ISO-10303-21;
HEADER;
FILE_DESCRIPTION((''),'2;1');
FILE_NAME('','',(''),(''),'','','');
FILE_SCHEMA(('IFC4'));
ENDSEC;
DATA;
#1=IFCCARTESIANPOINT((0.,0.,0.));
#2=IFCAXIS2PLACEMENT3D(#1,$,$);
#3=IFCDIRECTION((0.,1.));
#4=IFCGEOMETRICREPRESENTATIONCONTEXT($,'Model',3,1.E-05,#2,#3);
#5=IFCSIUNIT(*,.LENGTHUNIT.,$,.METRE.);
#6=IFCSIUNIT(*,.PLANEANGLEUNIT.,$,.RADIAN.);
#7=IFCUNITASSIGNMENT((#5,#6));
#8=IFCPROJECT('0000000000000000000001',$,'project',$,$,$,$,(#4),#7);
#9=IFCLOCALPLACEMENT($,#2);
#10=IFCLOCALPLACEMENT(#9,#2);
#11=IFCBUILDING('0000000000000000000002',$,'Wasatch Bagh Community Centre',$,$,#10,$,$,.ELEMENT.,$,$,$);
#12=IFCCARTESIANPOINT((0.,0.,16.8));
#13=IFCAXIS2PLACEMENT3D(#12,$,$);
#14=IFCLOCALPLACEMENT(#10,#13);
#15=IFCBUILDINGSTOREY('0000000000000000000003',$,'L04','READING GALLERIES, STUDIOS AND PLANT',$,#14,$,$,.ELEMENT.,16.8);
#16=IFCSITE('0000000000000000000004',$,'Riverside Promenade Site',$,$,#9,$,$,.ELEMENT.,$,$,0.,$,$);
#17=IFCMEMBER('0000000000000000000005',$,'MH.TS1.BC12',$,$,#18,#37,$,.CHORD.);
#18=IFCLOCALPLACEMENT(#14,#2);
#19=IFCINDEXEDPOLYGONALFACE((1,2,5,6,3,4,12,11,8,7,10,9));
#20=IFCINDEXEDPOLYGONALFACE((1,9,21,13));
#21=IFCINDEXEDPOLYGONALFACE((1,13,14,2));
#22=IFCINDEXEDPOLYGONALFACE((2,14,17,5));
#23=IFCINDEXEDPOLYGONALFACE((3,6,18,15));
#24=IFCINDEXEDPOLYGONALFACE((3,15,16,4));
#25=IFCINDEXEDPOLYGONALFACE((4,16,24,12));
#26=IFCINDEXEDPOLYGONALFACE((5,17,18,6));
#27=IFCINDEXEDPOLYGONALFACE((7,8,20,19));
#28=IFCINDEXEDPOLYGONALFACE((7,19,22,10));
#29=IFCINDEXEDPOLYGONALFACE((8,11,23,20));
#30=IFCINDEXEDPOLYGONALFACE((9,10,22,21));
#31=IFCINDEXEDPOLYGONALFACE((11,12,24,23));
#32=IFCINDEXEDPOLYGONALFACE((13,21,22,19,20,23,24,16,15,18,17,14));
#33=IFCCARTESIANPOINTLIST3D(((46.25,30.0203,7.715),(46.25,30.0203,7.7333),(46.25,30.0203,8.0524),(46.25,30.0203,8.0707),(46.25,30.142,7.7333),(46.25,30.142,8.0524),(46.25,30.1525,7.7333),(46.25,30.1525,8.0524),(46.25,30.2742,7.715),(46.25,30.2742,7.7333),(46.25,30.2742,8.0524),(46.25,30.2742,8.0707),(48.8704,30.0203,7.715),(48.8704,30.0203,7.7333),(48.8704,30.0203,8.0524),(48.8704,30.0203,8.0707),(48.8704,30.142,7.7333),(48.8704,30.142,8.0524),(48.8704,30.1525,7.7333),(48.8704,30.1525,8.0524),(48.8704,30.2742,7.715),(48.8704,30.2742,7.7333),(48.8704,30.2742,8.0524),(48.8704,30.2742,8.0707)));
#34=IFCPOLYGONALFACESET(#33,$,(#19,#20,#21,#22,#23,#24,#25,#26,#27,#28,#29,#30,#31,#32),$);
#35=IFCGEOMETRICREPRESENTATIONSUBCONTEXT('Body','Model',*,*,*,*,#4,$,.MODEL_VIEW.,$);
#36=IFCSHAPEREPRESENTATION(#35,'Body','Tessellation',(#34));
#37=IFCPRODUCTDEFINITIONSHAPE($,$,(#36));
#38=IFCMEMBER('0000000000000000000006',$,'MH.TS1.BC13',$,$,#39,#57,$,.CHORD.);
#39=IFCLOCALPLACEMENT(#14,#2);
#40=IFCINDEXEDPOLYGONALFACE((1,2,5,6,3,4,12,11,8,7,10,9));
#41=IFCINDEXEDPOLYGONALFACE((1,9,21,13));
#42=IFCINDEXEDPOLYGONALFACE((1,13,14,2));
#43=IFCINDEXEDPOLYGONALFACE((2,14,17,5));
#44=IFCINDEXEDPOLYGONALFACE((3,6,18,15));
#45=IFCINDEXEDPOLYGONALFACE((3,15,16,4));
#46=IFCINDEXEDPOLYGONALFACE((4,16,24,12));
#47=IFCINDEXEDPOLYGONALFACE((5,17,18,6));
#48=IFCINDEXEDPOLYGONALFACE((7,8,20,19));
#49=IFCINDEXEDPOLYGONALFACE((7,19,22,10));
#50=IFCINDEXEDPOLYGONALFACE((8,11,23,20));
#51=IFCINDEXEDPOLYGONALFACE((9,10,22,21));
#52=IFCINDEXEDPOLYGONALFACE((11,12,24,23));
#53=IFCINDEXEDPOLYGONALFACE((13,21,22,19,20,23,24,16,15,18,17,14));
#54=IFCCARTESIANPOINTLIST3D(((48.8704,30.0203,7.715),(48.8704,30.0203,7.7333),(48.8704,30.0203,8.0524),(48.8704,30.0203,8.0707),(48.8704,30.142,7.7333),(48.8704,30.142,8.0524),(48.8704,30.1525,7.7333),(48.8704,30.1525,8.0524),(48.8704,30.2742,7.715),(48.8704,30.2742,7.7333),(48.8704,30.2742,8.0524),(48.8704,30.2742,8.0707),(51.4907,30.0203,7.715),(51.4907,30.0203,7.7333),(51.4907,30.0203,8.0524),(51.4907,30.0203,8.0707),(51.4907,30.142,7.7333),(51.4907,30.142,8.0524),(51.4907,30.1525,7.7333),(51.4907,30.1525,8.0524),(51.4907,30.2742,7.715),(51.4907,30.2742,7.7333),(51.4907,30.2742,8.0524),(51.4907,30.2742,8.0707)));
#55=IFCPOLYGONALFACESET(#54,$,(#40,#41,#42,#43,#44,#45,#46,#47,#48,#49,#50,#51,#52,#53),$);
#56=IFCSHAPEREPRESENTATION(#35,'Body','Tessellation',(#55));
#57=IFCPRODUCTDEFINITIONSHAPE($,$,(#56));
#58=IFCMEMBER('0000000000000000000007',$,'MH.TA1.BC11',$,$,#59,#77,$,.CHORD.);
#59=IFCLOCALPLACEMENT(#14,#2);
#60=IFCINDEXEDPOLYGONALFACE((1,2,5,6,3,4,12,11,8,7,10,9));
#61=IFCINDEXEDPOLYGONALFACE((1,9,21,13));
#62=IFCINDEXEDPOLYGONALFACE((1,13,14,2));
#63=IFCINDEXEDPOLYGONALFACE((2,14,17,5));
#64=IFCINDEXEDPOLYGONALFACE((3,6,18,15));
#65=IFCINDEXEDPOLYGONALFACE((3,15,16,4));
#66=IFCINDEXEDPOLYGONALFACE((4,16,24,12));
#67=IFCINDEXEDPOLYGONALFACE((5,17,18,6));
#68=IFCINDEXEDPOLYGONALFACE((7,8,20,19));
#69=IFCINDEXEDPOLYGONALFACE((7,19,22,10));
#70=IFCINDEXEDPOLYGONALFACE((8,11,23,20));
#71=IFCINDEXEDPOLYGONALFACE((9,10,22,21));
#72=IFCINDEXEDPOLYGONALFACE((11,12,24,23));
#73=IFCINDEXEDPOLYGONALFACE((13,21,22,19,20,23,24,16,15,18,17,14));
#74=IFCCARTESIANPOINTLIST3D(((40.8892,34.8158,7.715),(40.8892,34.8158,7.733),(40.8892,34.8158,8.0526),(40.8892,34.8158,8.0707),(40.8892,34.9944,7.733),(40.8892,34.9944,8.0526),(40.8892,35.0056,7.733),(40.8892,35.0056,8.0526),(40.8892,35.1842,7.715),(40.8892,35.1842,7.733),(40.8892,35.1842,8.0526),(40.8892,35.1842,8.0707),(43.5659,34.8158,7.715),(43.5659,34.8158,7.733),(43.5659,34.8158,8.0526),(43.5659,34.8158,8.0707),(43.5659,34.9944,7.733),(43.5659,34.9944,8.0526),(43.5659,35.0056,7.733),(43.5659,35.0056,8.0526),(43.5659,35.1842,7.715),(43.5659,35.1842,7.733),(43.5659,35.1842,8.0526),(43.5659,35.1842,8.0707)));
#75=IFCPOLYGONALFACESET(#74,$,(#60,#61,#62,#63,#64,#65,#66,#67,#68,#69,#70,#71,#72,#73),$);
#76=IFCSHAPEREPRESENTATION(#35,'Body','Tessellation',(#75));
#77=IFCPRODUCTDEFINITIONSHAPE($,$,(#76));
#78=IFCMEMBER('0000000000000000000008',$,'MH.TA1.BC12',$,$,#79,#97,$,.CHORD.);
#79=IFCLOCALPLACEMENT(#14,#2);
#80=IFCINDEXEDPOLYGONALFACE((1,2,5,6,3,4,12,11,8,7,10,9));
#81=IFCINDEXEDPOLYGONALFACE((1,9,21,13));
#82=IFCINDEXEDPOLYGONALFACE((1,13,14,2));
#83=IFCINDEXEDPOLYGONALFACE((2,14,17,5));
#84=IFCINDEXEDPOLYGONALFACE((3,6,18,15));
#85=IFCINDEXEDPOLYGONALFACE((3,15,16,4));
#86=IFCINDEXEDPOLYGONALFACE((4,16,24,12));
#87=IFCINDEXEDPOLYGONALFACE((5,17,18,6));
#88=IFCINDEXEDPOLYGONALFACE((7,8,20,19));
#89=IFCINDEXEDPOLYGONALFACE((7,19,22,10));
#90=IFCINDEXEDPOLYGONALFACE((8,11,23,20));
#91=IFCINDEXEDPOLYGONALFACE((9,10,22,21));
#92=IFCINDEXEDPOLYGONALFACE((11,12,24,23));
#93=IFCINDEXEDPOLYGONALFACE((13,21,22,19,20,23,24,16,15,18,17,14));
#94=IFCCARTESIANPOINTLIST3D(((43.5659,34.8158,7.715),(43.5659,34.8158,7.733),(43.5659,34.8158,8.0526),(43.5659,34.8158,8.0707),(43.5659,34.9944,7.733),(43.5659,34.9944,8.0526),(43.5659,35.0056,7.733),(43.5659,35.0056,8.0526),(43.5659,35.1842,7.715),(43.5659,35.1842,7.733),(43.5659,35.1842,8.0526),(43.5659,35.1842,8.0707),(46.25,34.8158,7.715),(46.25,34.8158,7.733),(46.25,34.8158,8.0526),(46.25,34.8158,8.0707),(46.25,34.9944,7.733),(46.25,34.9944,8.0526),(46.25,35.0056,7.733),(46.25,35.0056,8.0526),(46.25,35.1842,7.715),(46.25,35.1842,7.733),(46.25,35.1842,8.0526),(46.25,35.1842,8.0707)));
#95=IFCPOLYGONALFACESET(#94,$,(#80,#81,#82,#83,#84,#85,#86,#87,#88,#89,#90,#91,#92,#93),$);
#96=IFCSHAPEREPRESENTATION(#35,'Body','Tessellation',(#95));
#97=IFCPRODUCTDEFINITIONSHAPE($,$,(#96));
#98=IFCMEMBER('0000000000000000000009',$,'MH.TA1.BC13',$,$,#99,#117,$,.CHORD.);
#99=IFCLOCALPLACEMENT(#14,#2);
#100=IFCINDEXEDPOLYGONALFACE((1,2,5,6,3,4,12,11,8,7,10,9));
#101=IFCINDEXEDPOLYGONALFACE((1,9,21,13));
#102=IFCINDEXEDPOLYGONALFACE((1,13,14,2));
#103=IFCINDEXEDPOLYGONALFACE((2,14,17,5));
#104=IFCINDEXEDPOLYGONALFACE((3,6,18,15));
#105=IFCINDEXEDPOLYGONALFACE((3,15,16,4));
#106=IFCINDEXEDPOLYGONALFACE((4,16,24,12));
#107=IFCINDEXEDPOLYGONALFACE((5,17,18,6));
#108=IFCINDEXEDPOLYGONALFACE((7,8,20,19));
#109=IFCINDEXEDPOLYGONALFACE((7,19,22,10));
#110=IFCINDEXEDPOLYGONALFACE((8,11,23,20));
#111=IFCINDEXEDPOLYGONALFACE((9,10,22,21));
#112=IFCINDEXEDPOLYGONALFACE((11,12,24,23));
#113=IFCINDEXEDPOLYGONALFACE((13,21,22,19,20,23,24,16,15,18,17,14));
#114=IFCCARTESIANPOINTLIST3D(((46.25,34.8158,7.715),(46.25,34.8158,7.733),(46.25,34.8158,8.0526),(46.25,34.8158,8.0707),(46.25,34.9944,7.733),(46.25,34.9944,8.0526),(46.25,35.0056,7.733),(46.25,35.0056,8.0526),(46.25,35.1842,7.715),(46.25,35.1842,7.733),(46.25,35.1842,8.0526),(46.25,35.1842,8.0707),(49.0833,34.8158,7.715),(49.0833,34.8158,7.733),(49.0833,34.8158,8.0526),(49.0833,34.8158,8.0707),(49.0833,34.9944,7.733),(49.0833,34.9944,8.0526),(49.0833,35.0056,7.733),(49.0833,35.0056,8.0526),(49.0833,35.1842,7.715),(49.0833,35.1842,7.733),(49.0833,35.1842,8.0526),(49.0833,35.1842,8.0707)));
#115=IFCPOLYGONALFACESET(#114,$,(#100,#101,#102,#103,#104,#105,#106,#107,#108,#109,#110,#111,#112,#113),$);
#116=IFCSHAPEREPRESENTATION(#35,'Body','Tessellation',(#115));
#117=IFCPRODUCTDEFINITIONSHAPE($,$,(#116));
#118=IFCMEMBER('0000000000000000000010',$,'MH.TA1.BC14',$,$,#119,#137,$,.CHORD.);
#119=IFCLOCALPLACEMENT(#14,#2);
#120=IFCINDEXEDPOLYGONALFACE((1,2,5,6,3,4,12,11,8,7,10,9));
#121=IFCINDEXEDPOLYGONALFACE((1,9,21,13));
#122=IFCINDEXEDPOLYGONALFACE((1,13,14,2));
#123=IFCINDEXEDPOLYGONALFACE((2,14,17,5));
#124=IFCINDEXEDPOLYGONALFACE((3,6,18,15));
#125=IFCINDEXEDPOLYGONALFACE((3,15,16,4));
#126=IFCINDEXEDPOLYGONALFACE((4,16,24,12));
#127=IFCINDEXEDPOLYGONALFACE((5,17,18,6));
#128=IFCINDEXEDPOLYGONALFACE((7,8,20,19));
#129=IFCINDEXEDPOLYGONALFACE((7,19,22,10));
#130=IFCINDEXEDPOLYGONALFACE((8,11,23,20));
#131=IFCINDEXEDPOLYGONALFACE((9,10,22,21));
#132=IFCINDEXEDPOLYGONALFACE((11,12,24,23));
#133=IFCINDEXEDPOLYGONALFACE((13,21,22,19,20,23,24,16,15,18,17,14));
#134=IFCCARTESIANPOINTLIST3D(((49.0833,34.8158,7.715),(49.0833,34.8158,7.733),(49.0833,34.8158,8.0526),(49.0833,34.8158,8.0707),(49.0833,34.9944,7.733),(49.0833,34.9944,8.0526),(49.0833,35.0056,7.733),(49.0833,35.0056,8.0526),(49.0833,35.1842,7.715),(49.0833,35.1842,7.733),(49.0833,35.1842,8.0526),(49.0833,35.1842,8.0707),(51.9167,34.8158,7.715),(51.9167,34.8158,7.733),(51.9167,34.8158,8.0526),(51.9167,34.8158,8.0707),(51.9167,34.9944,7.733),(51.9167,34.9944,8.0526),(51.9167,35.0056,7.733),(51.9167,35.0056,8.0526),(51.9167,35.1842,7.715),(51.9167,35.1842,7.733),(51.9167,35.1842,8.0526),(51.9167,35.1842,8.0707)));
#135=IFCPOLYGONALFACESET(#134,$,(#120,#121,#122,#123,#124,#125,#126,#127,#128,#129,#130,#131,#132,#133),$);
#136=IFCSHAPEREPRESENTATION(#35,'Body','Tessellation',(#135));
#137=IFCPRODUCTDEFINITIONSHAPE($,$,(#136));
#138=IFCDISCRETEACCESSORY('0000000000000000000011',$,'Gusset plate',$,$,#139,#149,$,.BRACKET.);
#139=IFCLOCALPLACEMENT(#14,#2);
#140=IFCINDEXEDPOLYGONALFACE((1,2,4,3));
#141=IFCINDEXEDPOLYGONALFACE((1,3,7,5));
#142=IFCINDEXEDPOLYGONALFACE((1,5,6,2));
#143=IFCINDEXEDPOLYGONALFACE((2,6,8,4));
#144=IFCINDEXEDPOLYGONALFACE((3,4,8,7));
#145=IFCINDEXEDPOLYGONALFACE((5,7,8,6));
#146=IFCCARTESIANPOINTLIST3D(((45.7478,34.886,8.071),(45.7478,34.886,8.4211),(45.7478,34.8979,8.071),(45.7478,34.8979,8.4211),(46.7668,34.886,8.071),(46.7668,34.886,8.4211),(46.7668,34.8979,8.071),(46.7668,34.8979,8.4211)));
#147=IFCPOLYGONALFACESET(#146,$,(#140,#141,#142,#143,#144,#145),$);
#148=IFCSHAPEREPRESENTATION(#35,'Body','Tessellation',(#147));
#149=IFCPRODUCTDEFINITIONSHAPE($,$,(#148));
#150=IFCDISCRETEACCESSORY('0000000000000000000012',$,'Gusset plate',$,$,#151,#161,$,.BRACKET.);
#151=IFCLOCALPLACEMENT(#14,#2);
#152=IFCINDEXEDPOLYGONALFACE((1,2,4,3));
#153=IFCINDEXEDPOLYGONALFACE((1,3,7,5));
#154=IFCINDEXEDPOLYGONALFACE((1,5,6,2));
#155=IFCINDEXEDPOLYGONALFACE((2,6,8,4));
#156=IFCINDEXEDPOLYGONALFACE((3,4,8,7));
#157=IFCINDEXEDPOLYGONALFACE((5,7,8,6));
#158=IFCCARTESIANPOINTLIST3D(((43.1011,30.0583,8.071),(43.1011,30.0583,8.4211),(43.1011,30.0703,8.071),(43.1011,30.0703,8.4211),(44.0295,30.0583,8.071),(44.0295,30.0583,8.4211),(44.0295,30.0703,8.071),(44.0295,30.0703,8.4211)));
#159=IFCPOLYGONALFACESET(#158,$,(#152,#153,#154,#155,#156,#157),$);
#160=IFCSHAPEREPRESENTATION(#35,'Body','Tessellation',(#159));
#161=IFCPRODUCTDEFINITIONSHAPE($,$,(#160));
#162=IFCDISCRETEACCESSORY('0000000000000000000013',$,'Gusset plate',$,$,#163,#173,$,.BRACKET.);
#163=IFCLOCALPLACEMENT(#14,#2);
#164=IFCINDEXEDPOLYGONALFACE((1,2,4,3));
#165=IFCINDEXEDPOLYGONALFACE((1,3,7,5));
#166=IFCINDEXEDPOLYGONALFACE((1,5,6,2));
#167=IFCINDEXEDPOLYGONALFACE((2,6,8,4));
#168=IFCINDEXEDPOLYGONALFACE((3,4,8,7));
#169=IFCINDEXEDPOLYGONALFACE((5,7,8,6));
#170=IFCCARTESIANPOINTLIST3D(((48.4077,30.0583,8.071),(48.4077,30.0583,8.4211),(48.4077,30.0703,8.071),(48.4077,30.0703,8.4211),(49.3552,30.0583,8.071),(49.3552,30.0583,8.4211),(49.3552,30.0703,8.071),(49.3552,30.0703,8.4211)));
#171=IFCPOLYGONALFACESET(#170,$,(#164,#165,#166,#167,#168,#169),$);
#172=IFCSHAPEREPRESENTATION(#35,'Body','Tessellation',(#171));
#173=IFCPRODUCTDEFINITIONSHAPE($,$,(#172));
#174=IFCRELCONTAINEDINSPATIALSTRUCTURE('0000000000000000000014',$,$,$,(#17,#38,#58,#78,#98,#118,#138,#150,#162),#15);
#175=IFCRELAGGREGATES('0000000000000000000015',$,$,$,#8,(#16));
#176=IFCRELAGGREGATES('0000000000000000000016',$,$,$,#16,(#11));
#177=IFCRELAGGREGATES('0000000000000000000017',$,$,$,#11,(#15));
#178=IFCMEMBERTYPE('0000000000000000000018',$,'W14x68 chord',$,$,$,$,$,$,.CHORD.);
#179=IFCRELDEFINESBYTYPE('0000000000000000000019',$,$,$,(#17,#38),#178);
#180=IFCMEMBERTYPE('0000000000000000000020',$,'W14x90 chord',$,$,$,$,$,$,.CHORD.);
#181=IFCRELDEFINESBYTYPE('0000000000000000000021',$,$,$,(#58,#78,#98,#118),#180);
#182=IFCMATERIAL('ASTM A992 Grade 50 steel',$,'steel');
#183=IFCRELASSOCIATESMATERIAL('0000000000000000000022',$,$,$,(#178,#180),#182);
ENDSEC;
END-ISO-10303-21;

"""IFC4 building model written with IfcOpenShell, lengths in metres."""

from ifc_helpers import new_model, si_unit, direction, frame, origin, origin_2d, place, context, subcontext, project, spatial, polyline, i_section, outline, extrude, material, material_profile, profile_set, type_object, element, save


model = new_model("IFC4")

# Units and contexts
model_context = context("Model", 3, precision=1e-05, world=origin(), true_north=direction((0.0, 1.0)))
body_context = subcontext(model_context, "Body", "Model", "MODEL_VIEW")
ifc_project = project(units=[si_unit("LENGTHUNIT", "METRE"), si_unit("PLANEANGLEUNIT", "RADIAN")], contexts=[model_context])

# Site, building, storey
site_placement = place(None, origin())
site = spatial("IfcSite", under=ifc_project, at=site_placement, Name="Riverside Promenade Site", CompositionType="ELEMENT", RefElevation=0.0)
building_placement = place(site_placement, origin())
building = spatial("IfcBuilding", under=site, at=building_placement, Name="Wasatch Bagh Community Centre", CompositionType="ELEMENT")
storey_placement = place(building_placement, frame((0.0, 0.0, 16.8)))
storey = spatial("IfcBuildingStorey", under=building, at=storey_placement, Name="L04", Description="READING GALLERIES, STUDIOS AND PLANT", CompositionType="ELEMENT", Elevation=16.8)

# Members
ifc_material_1 = material(Name="ASTM A992 Grade 50 steel", Category="steel")
ifc_material_profile_1 = material_profile(ifc_material_1, i_section(OverallWidth=0.2539, OverallDepth=0.3557, WebThickness=0.0105, FlangeThickness=0.0183, at=origin_2d()), Name="W14x68")
ifc_profile_set_1 = profile_set([ifc_material_profile_1], Name="ASTM A992 Grade 50 steel")
member_type_1 = type_object("IfcMemberType", Name="W14x68 chord", PredefinedType="CHORD", material=ifc_profile_set_1)
for number, where, z_axis, x_axis, name in (
    (1, (46.25, 30.1472, 7.8928), (1.0, 0.0, 0.0), (0.0, 1.0, 0.0), "MH.TS1.BC12"),
    (2, (48.8704, 30.1472, 7.8928), (1.0, 0.0, 0.0), (0.0, 1.0, 0.0), "MH.TS1.BC13"),
):
    element("IfcMember", number, at=place(storey_placement, frame(where, z_axis=z_axis, x_axis=x_axis)), inside=storey, type_object=member_type_1, Name=name, PredefinedType="CHORD", context=body_context, shape_type="SweptSolid", body=[
        extrude(i_section(OverallWidth=0.2539, OverallDepth=0.3557, WebThickness=0.0105, FlangeThickness=0.0183, at=origin_2d()), origin(), (0.0, 0.0, 1.0), 2.6204),
    ])
ifc_material_profile_2 = material_profile(ifc_material_1, i_section(OverallWidth=0.3684, OverallDepth=0.3557, WebThickness=0.0112, FlangeThickness=0.0181, at=origin_2d()), Name="W14x90")
ifc_profile_set_2 = profile_set([ifc_material_profile_2], Name="ASTM A992 Grade 50 steel")
member_type_2 = type_object("IfcMemberType", Name="W14x90 chord", PredefinedType="CHORD", material=ifc_profile_set_2)
member_1_placement = place(storey_placement, frame((40.8892, 35.0, 7.8928), z_axis=(1.0, 0.0, 0.0), x_axis=(0.0, 1.0, 0.0)))
element("IfcMember", 3, at=member_1_placement, inside=storey, type_object=member_type_2, Name="MH.TA1.BC11", PredefinedType="CHORD", context=body_context, shape_type="SweptSolid", body=[
    extrude(i_section(OverallWidth=0.3684, OverallDepth=0.3557, WebThickness=0.0112, FlangeThickness=0.0181, at=origin_2d()), origin(), (0.0, 0.0, 1.0), 2.6768),
])
member_2_placement = place(storey_placement, frame((43.5659, 35.0, 7.8928), z_axis=(1.0, 0.0, 0.0), x_axis=(0.0, 1.0, 0.0)))
element("IfcMember", 4, at=member_2_placement, inside=storey, type_object=member_type_2, Name="MH.TA1.BC12", PredefinedType="CHORD", context=body_context, shape_type="SweptSolid", body=[
    extrude(i_section(OverallWidth=0.3684, OverallDepth=0.3557, WebThickness=0.0112, FlangeThickness=0.0181, at=origin_2d()), origin(), (0.0, 0.0, 1.0), 2.6841),
])
member_3_placement = place(storey_placement, frame((46.25, 35.0, 7.8928), z_axis=(1.0, 0.0, 0.0), x_axis=(0.0, 1.0, 0.0)))
element("IfcMember", 5, at=member_3_placement, inside=storey, type_object=member_type_2, Name="MH.TA1.BC13", PredefinedType="CHORD", context=body_context, shape_type="SweptSolid", body=[
    extrude(i_section(OverallWidth=0.3684, OverallDepth=0.3557, WebThickness=0.0112, FlangeThickness=0.0181, at=origin_2d()), origin(), (0.0, 0.0, 1.0), 2.8333),
])
member_4_placement = place(storey_placement, frame((49.0833, 35.0, 7.8928), z_axis=(1.0, 0.0, 0.0), x_axis=(0.0, 1.0, 0.0)))
element("IfcMember", 6, at=member_4_placement, inside=storey, type_object=member_type_2, Name="MH.TA1.BC14", PredefinedType="CHORD", context=body_context, shape_type="SweptSolid", body=[
    extrude(i_section(OverallWidth=0.3684, OverallDepth=0.3557, WebThickness=0.0112, FlangeThickness=0.0181, at=origin_2d()), origin(), (0.0, 0.0, 1.0), 2.8335),
])

# Discrete accessories
discrete_accessory_1_placement = place(storey_placement, frame((45.7478, 34.886, 8.071), z_axis=(0.0, -1.0, 0.0), x_axis=(1.0, 0.0, 0.0)))
element("IfcDiscreteAccessory", 7, at=discrete_accessory_1_placement, inside=storey, Name="Gusset plate", PredefinedType="BRACKET", context=body_context, shape_type="SweptSolid", body=[
    extrude(outline(polyline([(0.0, 0.0), (1.019, 0.0), (1.019, 0.3501), (0.0, 0.3501), (0.0, 0.0)])), origin(), (0.0, 0.0, -1.0), 0.012),
])
discrete_accessory_2_placement = place(storey_placement, frame((43.1011, 30.0583, 8.071), z_axis=(0.0, -1.0, 0.0), x_axis=(1.0, 0.0, 0.0)))
element("IfcDiscreteAccessory", 8, at=discrete_accessory_2_placement, inside=storey, Name="Gusset plate", PredefinedType="BRACKET", context=body_context, shape_type="SweptSolid", body=[
    extrude(outline(polyline([(0.0, 0.0), (0.9285, 0.0), (0.9285, 0.3501), (0.0, 0.3501), (0.0, 0.0)])), origin(), (0.0, 0.0, -1.0), 0.012),
])
discrete_accessory_3_placement = place(storey_placement, frame((48.4077, 30.0583, 8.071), z_axis=(0.0, -1.0, 0.0), x_axis=(1.0, 0.0, 0.0)))
element("IfcDiscreteAccessory", 9, at=discrete_accessory_3_placement, inside=storey, Name="Gusset plate", PredefinedType="BRACKET", context=body_context, shape_type="SweptSolid", body=[
    extrude(outline(polyline([(0.0, 0.0), (0.9475, 0.0), (0.9475, 0.3501), (0.0, 0.3501), (0.0, 0.0)])), origin(), (0.0, 0.0, -1.0), 0.012),
])

save(model, "model.ifc")
